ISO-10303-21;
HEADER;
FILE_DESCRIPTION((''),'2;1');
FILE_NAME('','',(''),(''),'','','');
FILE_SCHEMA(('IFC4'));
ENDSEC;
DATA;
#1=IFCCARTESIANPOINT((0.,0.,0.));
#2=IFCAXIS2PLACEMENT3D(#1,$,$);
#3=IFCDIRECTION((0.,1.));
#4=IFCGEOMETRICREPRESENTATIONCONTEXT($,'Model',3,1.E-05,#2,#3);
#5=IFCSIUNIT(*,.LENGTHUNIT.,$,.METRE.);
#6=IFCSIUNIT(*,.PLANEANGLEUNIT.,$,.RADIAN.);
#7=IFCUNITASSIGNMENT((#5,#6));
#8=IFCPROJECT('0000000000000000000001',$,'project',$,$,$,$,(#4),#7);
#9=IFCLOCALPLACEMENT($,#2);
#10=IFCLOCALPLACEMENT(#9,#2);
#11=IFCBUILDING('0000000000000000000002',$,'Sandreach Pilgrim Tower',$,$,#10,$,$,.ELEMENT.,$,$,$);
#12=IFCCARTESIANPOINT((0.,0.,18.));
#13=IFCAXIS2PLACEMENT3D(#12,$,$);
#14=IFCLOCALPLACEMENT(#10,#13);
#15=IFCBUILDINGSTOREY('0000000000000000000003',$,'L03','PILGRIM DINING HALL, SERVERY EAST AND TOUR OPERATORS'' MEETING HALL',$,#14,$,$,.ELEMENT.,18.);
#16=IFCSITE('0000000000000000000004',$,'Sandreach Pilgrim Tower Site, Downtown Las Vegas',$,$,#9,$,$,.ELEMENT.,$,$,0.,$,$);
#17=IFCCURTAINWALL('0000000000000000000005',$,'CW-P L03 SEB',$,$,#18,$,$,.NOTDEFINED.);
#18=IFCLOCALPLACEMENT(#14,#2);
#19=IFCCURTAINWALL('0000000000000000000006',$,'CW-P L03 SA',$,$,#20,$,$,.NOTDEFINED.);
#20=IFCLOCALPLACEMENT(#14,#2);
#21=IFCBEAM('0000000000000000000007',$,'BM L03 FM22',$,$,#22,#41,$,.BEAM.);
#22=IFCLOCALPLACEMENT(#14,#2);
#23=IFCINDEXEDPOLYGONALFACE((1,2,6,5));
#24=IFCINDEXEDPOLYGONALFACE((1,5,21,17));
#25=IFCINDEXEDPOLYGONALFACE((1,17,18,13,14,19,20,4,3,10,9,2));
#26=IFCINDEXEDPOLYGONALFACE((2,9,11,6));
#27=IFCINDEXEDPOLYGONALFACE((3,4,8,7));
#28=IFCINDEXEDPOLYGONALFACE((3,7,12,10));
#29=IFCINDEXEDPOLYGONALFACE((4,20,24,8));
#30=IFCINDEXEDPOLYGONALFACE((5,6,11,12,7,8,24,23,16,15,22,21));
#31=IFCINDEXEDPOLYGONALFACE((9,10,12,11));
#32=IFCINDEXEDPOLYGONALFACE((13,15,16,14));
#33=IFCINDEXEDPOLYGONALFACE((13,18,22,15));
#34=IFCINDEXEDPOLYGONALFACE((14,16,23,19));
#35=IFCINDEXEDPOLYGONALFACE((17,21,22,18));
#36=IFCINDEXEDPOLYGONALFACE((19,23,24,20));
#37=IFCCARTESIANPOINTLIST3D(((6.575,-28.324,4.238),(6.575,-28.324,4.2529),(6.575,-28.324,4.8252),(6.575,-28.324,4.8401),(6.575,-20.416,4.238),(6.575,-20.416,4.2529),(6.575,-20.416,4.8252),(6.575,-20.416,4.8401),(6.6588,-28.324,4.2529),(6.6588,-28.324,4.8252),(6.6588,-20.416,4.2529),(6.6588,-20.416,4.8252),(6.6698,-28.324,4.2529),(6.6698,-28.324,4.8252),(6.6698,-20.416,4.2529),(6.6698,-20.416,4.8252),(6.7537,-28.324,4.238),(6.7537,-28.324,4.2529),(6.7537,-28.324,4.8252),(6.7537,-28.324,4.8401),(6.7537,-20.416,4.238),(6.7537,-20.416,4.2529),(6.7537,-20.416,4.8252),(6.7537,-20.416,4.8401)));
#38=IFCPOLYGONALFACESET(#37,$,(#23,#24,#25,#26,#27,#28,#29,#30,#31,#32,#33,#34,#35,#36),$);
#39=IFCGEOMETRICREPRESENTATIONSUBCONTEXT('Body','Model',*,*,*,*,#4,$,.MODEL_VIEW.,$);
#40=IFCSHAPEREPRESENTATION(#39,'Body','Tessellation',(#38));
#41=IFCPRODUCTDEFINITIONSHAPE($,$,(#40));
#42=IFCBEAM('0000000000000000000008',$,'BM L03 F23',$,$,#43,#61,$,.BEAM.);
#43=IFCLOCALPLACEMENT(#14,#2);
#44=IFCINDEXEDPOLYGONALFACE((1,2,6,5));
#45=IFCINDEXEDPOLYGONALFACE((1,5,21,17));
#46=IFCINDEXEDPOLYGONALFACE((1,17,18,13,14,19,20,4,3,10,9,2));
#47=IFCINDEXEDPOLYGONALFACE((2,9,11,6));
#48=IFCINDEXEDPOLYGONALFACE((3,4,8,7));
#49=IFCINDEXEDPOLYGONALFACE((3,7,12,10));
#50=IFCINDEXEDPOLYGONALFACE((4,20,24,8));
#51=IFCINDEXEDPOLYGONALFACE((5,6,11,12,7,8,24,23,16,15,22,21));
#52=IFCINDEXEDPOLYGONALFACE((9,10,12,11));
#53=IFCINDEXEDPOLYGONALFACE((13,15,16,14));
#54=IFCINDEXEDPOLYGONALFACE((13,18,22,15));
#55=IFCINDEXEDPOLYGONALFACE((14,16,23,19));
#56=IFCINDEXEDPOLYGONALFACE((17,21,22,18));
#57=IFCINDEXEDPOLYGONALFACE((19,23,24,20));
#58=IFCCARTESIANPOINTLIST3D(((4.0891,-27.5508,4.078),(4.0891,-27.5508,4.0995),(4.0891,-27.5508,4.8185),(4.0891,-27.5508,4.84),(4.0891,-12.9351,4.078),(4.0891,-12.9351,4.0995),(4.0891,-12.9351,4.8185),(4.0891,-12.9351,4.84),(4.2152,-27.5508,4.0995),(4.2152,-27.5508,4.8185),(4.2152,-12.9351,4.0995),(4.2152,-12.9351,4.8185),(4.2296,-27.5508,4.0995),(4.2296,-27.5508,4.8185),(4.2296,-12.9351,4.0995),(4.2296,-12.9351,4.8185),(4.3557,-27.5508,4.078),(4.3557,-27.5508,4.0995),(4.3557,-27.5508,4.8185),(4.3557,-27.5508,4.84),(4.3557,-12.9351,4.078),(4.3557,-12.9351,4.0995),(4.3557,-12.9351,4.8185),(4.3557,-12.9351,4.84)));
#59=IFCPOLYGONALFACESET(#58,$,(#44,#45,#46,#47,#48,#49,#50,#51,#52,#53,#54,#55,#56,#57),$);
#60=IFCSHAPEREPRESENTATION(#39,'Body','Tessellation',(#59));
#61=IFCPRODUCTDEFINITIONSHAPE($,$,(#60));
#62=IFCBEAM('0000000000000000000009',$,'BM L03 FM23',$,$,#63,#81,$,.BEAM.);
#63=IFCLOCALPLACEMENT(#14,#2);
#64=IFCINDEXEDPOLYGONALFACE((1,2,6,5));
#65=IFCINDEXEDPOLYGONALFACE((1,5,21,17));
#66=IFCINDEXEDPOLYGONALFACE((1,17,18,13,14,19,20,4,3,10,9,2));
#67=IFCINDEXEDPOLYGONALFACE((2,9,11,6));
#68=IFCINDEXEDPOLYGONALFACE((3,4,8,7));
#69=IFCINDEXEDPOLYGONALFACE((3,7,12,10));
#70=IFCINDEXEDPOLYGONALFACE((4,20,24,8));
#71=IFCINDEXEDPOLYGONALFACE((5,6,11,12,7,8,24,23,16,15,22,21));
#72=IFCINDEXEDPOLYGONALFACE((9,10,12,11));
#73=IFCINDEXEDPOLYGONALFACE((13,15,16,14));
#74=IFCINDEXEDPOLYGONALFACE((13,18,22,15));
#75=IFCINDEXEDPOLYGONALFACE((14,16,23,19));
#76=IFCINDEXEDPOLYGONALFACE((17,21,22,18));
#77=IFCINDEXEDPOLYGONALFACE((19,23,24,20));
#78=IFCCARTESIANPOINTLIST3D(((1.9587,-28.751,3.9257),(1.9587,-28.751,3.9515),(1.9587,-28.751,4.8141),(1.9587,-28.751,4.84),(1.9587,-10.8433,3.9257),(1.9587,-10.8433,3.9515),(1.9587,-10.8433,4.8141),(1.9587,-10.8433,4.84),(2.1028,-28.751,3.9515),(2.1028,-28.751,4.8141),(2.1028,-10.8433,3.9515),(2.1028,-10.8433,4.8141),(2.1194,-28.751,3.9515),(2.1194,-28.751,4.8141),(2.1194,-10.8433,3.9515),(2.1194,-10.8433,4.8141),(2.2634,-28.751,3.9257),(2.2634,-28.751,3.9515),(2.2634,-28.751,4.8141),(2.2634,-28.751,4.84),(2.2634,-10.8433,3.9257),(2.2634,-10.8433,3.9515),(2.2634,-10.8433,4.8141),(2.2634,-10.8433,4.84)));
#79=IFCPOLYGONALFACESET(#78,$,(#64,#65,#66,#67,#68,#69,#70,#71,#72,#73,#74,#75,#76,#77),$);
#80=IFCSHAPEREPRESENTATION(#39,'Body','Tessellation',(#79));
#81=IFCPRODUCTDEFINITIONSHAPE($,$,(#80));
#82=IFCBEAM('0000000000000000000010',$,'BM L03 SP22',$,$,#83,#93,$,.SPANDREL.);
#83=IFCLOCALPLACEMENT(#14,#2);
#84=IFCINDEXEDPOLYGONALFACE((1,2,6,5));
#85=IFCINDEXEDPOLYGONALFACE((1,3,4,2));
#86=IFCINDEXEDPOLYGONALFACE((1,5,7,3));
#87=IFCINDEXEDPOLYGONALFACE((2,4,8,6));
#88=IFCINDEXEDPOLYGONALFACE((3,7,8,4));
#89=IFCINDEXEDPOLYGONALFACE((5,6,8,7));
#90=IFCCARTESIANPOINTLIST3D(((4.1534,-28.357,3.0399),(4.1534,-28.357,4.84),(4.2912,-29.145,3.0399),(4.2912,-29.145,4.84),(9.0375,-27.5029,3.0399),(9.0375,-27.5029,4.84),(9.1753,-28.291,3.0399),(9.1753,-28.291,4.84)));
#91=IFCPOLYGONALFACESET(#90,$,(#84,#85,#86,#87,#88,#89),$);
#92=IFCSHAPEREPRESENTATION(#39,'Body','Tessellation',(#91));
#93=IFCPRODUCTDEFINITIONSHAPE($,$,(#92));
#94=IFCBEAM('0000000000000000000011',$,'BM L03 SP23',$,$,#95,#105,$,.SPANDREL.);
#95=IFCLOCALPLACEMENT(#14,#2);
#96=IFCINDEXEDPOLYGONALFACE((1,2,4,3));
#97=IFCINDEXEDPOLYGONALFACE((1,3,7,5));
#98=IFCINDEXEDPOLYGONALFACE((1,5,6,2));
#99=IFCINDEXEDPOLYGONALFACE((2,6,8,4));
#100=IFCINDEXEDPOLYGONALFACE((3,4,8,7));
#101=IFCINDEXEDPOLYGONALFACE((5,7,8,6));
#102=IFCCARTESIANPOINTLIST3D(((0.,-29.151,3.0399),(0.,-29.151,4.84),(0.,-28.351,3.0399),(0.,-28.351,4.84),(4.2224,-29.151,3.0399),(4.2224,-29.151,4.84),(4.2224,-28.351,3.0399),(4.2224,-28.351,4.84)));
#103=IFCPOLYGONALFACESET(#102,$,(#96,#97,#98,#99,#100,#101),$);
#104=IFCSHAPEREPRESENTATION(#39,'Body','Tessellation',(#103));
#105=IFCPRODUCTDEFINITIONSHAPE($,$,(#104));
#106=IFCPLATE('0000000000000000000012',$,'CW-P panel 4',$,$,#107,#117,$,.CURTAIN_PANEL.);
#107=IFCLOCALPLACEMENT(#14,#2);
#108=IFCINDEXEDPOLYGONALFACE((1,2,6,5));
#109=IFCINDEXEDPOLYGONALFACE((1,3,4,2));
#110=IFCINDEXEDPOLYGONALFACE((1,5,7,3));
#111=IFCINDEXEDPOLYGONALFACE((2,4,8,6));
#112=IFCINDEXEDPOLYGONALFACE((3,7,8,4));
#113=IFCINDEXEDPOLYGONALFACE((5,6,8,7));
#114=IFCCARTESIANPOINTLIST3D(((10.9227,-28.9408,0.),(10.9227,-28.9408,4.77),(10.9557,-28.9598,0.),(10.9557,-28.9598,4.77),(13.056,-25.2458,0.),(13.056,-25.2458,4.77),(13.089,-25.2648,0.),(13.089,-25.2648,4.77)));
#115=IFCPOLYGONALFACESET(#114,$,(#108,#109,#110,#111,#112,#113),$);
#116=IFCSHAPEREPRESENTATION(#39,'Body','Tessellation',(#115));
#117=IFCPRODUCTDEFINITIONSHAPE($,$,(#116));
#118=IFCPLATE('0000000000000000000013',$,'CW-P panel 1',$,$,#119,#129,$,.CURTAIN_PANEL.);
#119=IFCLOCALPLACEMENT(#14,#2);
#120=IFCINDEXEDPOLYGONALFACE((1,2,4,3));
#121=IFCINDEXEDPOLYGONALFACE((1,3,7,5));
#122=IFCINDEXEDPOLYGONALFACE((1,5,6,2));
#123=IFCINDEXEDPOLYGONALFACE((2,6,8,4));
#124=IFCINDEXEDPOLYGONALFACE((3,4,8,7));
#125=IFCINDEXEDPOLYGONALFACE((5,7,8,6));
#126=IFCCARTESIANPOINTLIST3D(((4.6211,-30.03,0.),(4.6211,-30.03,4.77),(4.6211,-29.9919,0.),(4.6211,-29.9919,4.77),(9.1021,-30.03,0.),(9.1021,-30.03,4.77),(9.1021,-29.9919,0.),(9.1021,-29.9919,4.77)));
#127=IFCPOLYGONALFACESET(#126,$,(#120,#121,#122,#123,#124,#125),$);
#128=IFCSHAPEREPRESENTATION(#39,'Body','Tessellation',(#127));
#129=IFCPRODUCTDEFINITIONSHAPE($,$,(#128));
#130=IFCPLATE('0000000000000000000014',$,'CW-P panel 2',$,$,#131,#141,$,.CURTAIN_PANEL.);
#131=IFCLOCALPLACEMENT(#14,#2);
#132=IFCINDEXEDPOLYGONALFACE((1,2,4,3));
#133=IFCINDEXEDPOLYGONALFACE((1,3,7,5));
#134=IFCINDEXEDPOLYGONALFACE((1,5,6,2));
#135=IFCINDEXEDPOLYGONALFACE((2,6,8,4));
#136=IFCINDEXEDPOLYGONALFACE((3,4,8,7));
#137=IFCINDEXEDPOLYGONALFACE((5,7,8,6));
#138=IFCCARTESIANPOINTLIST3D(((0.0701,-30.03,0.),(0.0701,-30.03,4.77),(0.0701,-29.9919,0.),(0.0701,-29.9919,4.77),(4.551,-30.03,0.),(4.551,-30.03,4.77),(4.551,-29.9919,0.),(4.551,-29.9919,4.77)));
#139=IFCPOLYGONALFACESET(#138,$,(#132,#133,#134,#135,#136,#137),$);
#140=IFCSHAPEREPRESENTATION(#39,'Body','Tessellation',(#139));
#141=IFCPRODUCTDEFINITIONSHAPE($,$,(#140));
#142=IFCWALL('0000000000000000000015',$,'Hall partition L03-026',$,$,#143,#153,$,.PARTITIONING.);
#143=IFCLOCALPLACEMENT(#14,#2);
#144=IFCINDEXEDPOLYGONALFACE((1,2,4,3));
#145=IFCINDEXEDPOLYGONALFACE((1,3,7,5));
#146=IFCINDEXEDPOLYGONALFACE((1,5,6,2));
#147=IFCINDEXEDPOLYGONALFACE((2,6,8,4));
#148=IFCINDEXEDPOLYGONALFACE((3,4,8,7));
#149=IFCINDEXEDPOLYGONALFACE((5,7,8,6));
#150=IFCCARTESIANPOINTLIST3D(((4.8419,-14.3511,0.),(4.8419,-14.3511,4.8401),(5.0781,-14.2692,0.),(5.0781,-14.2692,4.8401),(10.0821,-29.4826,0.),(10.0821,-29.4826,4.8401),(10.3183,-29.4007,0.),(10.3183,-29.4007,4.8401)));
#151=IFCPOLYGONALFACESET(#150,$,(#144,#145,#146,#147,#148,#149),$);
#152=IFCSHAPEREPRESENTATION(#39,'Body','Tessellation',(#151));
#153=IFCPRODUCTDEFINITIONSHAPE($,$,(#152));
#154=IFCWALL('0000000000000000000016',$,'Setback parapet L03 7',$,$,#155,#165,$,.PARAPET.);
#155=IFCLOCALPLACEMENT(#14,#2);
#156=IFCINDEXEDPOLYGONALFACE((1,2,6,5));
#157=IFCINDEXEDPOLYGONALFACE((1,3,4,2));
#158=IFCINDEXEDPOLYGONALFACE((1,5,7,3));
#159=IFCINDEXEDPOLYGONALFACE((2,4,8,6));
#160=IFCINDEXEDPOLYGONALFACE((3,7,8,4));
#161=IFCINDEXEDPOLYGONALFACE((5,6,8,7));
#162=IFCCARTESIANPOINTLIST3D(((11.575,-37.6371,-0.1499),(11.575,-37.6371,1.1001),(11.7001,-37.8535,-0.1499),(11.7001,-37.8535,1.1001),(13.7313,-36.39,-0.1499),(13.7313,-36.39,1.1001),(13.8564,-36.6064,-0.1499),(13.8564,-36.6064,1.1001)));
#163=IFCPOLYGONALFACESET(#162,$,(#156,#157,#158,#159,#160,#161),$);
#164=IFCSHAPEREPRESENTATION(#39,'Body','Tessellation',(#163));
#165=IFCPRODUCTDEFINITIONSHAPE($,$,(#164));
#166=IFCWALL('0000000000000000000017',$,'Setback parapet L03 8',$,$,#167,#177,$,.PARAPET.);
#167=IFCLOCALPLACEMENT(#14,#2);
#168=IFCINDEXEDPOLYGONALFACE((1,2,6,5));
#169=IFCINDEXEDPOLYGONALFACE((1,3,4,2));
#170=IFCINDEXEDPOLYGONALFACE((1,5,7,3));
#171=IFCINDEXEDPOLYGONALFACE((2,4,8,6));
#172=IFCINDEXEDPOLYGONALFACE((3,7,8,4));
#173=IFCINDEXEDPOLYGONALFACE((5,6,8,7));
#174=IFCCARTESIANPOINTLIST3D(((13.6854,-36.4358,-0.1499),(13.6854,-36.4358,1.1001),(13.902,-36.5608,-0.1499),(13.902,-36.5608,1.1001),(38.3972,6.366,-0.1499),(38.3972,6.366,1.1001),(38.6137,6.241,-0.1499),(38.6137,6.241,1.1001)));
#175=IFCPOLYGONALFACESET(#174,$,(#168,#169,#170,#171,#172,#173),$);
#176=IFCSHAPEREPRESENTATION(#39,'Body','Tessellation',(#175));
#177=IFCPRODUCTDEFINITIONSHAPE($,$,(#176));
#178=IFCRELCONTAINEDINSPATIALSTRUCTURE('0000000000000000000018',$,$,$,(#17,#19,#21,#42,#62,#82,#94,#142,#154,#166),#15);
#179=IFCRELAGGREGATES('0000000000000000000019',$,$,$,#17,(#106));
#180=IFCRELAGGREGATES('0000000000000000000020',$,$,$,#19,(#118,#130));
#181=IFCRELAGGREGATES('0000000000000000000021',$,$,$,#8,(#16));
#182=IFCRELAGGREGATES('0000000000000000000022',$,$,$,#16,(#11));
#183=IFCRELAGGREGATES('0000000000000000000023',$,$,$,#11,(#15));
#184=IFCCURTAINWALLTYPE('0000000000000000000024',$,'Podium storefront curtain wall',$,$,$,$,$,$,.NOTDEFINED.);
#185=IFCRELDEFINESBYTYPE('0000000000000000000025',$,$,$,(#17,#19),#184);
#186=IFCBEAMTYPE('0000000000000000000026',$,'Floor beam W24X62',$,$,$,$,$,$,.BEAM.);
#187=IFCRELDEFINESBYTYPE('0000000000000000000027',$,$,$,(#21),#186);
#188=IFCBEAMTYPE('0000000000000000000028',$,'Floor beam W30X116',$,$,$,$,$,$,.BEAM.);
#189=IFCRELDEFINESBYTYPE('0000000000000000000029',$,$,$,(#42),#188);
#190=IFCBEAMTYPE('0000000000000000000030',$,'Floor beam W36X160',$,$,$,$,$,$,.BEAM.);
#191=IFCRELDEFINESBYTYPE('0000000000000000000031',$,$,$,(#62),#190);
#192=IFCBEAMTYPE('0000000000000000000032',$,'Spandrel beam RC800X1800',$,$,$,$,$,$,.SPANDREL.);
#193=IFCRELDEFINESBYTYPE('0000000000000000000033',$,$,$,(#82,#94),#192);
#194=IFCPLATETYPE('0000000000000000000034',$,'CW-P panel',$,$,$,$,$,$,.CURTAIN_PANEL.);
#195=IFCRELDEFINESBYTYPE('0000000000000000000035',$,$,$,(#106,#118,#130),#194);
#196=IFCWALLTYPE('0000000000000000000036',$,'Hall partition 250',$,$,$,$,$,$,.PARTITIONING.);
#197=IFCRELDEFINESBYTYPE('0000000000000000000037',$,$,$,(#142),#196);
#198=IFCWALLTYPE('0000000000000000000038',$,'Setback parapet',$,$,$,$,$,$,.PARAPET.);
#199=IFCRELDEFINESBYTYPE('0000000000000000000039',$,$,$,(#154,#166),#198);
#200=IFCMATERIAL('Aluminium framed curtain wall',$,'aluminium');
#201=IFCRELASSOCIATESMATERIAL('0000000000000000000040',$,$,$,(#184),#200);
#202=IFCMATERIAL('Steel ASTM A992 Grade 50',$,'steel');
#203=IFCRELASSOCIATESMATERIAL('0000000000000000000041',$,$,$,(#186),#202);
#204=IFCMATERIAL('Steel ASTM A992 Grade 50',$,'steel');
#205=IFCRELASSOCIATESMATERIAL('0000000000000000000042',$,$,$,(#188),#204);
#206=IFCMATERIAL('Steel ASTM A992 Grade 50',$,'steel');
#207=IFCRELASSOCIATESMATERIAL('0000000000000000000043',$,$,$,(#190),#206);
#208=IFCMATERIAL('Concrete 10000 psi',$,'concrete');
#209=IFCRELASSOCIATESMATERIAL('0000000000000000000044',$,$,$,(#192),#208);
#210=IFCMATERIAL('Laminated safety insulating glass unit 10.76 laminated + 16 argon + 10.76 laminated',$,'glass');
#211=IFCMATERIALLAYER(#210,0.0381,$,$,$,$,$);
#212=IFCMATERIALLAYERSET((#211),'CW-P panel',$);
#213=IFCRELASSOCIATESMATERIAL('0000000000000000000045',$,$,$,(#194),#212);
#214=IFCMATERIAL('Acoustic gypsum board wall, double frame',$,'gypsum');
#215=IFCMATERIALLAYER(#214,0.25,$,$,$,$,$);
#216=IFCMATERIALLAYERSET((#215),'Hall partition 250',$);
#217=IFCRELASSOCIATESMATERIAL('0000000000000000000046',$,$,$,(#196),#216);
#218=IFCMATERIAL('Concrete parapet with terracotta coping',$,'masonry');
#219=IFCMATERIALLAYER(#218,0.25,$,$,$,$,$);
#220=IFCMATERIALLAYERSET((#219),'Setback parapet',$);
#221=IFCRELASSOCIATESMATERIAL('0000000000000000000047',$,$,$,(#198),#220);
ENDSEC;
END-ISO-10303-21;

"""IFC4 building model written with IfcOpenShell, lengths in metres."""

from ifc_helpers import new_model, si_unit, direction, frame, frame_2d, origin, origin_2d, place, context, subcontext, project, spatial, rectangle, i_section, extrude, material, layer, layer_set, material_profile, profile_set, type_object, element, aggregate, save


model = new_model("IFC4")

# Units and contexts
model_context = context("Model", 3, precision=1e-05, world=origin(), true_north=direction((0.0, 1.0)))
body_context = subcontext(model_context, "Body", "Model", "MODEL_VIEW")
ifc_project = project(units=[si_unit("LENGTHUNIT", "METRE"), si_unit("PLANEANGLEUNIT", "RADIAN")], contexts=[model_context])

# Site, building, storey
site_placement = place(None, origin())
site = spatial("IfcSite", under=ifc_project, at=site_placement, Name="Sandreach Pilgrim Tower Site, Downtown Las Vegas", CompositionType="ELEMENT", RefElevation=0.0)
building_placement = place(site_placement, origin())
building = spatial("IfcBuilding", under=site, at=building_placement, Name="Sandreach Pilgrim Tower", CompositionType="ELEMENT")
storey_placement = place(building_placement, frame((0.0, 0.0, 18.0)))
storey = spatial("IfcBuildingStorey", under=building, at=storey_placement, Name="L03", Description="PILGRIM DINING HALL, SERVERY EAST AND TOUR OPERATORS' MEETING HALL", CompositionType="ELEMENT", Elevation=18.0)

# Curtain walls
ifc_material_1 = material(Name="Aluminium framed curtain wall", Category="aluminium")
curtain_wall_type = type_object("IfcCurtainWallType", Name="Podium storefront curtain wall", PredefinedType="NOTDEFINED", material=ifc_material_1)
curtain_wall_1_placement = place(storey_placement, origin())
curtain_wall_1 = element("IfcCurtainWall", 1, at=curtain_wall_1_placement, inside=storey, type_object=curtain_wall_type, Name="CW-P L03 SEB", PredefinedType="NOTDEFINED")
curtain_wall_2_placement = place(storey_placement, origin())
curtain_wall_2 = element("IfcCurtainWall", 2, at=curtain_wall_2_placement, inside=storey, type_object=curtain_wall_type, Name="CW-P L03 SA", PredefinedType="NOTDEFINED")

# Beams
ifc_material_2 = material(Name="Steel ASTM A992 Grade 50", Category="steel")
ifc_material_profile_1 = material_profile(ifc_material_2, i_section(OverallWidth=0.1787, OverallDepth=0.6021, WebThickness=0.011, FlangeThickness=0.0149, at=origin_2d()), Name="W24X62")
ifc_profile_set_1 = profile_set([ifc_material_profile_1], Name="Steel ASTM A992 Grade 50")
beam_type_1 = type_object("IfcBeamType", Name="Floor beam W24X62", PredefinedType="BEAM", material=ifc_profile_set_1)
beam_1_placement = place(storey_placement, frame((6.6643, -28.324, 4.5391), z_axis=(0.0, 1.0, 0.0), x_axis=(-1.0, 0.0, 0.0)))
element("IfcBeam", 3, at=beam_1_placement, inside=storey, type_object=beam_type_1, Name="BM L03 FM22", PredefinedType="BEAM", context=body_context, shape_type="SweptSolid", body=[
    extrude(i_section(OverallWidth=0.1787, OverallDepth=0.6021, WebThickness=0.011, FlangeThickness=0.0149, at=origin_2d()), origin(), (0.0, 0.0, 1.0), 7.908),
])
ifc_material_3 = material(Name="Steel ASTM A992 Grade 50", Category="steel")
ifc_material_profile_2 = material_profile(ifc_material_3, i_section(OverallWidth=0.2666, OverallDepth=0.762, WebThickness=0.0144, FlangeThickness=0.0215, at=origin_2d()), Name="W30X116")
ifc_profile_set_2 = profile_set([ifc_material_profile_2], Name="Steel ASTM A992 Grade 50")
beam_type_2 = type_object("IfcBeamType", Name="Floor beam W30X116", PredefinedType="BEAM", material=ifc_profile_set_2)
beam_2_placement = place(storey_placement, frame((4.2224, -27.5508, 4.459), z_axis=(0.0, 1.0, 0.0), x_axis=(-1.0, 0.0, 0.0)))
element("IfcBeam", 4, at=beam_2_placement, inside=storey, type_object=beam_type_2, Name="BM L03 F23", PredefinedType="BEAM", context=body_context, shape_type="SweptSolid", body=[
    extrude(i_section(OverallWidth=0.2666, OverallDepth=0.762, WebThickness=0.0144, FlangeThickness=0.0215, at=origin_2d()), origin(), (0.0, 0.0, 1.0), 14.6157),
])
ifc_material_4 = material(Name="Steel ASTM A992 Grade 50", Category="steel")
ifc_material_profile_3 = material_profile(ifc_material_4, i_section(OverallWidth=0.3047, OverallDepth=0.9143, WebThickness=0.0166, FlangeThickness=0.0259, at=origin_2d()), Name="W36X160")
ifc_profile_set_3 = profile_set([ifc_material_profile_3], Name="Steel ASTM A992 Grade 50")
beam_type_3 = type_object("IfcBeamType", Name="Floor beam W36X160", PredefinedType="BEAM", material=ifc_profile_set_3)
beam_3_placement = place(storey_placement, frame((2.1111, -28.751, 4.3828), z_axis=(0.0, 1.0, 0.0), x_axis=(-1.0, 0.0, 0.0)))
element("IfcBeam", 5, at=beam_3_placement, inside=storey, type_object=beam_type_3, Name="BM L03 FM23", PredefinedType="BEAM", context=body_context, shape_type="SweptSolid", body=[
    extrude(i_section(OverallWidth=0.3047, OverallDepth=0.9143, WebThickness=0.0166, FlangeThickness=0.0259, at=origin_2d()), origin(), (0.0, 0.0, 1.0), 17.9077),
])
ifc_material_5 = material(Name="Concrete 10000 psi", Category="concrete")
ifc_material_profile_4 = material_profile(ifc_material_5, rectangle(XDim=0.8, YDim=1.8, at=origin_2d()), Name="RC800X1800")
ifc_profile_set_4 = profile_set([ifc_material_profile_4], Name="Concrete 10000 psi")
beam_type_4 = type_object("IfcBeamType", Name="Spandrel beam RC800X1800", PredefinedType="SPANDREL", material=ifc_profile_set_4)
beam_4_placement = place(storey_placement, frame((9.1064, -27.897, 3.9399), z_axis=(-0.985054, -0.172243, 0.0), x_axis=(0.172243, -0.985054, 0.0)))
element("IfcBeam", 6, at=beam_4_placement, inside=storey, type_object=beam_type_4, Name="BM L03 SP22", PredefinedType="SPANDREL", context=body_context, shape_type="SweptSolid", body=[
    extrude(rectangle(XDim=0.8, YDim=1.8, at=origin_2d()), origin(), (0.0, 0.0, 1.0), 4.9583),
])
beam_5_placement = place(storey_placement, frame((4.2224, -28.751, 3.9399), z_axis=(-1.0, 0.0, 0.0), x_axis=(0.0, -1.0, 0.0)))
element("IfcBeam", 7, at=beam_5_placement, inside=storey, type_object=beam_type_4, Name="BM L03 SP23", PredefinedType="SPANDREL", context=body_context, shape_type="SweptSolid", body=[
    extrude(rectangle(XDim=0.8, YDim=1.8, at=origin_2d()), origin(), (0.0, 0.0, 1.0), 4.2224),
])

# Plates
ifc_material_6 = material(Name="Laminated safety insulating glass unit 10.76 laminated + 16 argon + 10.76 laminated", Category="glass")
ifc_layer_1 = layer(ifc_material_6, 0.0381)
ifc_layer_set_1 = layer_set([ifc_layer_1], Name="CW-P panel")
plate_type = type_object("IfcPlateType", Name="CW-P panel", PredefinedType="CURTAIN_PANEL", material=ifc_layer_set_1)
plate_1_placement = place(storey_placement, frame((12.0059, -27.1028, 0.0), z_axis=(0.0, 0.0, 1.0), x_axis=(-0.5, -0.866025, 0.0)))
plate_1 = element("IfcPlate", 8, at=plate_1_placement, type_object=plate_type, Name="CW-P panel 4", PredefinedType="CURTAIN_PANEL", context=body_context, shape_type="SweptSolid", body=[
    extrude(rectangle(XDim=4.2666, YDim=0.0381, at=origin_2d()), origin(), (0.0, 0.0, 1.0), 4.77),
])
aggregate(curtain_wall_1, [plate_1])
plate_2_placement = place(storey_placement, frame((6.8616, -30.011, 0.0), z_axis=(0.0, 0.0, 1.0), x_axis=(-1.0, 0.0, 0.0)))
plate_2 = element("IfcPlate", 9, at=plate_2_placement, type_object=plate_type, Name="CW-P panel 1", PredefinedType="CURTAIN_PANEL", context=body_context, shape_type="SweptSolid", body=[
    extrude(rectangle(XDim=4.481, YDim=0.0381, at=origin_2d()), origin(), (0.0, 0.0, 1.0), 4.77),
])
plate_3_placement = place(storey_placement, frame((2.3105, -30.011, 0.0), z_axis=(0.0, 0.0, 1.0), x_axis=(-1.0, 0.0, 0.0)))
plate_3 = element("IfcPlate", 10, at=plate_3_placement, type_object=plate_type, Name="CW-P panel 2", PredefinedType="CURTAIN_PANEL", context=body_context, shape_type="SweptSolid", body=[
    extrude(rectangle(XDim=4.481, YDim=0.0381, at=origin_2d()), origin(), (0.0, 0.0, 1.0), 4.77),
])
aggregate(curtain_wall_2, [plate_2, plate_3])

# Walls
ifc_material_7 = material(Name="Acoustic gypsum board wall, double frame", Category="gypsum")
ifc_layer_2 = layer(ifc_material_7, 0.25)
ifc_layer_set_2 = layer_set([ifc_layer_2], Name="Hall partition 250")
wall_type_1 = type_object("IfcWallType", Name="Hall partition 250", PredefinedType="PARTITIONING", material=ifc_layer_set_2)
wall_1_placement = place(storey_placement, frame((10.2002, -29.4417, 0.0), z_axis=(0.0, 0.0, 1.0), x_axis=(-0.327243, 0.94494, 0.0)))
element("IfcWall", 11, at=wall_1_placement, inside=storey, type_object=wall_type_1, Name="Hall partition L03-026", PredefinedType="PARTITIONING", context=body_context, shape_type="SweptSolid", body=[
    extrude(rectangle(XDim=16.0132, YDim=0.25, at=frame_2d((8.0066, 0.0))), origin(), (0.0, 0.0, 1.0), 4.8401),
])
ifc_material_8 = material(Name="Concrete parapet with terracotta coping", Category="masonry")
ifc_layer_3 = layer(ifc_material_8, 0.25)
ifc_layer_set_3 = layer_set([ifc_layer_3], Name="Setback parapet")
wall_type_2 = type_object("IfcWallType", Name="Setback parapet", PredefinedType="PARAPET", material=ifc_layer_set_3)
wall_2_placement = place(storey_placement, frame((11.6375, -37.7454, -0.1499), z_axis=(0.0, 0.0, 1.0), x_axis=(0.86565, 0.50065, 0.0)))
element("IfcWall", 12, at=wall_2_placement, inside=storey, type_object=wall_type_2, Name="Setback parapet L03 7", PredefinedType="PARAPET", context=body_context, shape_type="SweptSolid", body=[
    extrude(rectangle(XDim=2.491, YDim=0.25, at=frame_2d((1.2456, 0.0))), origin(), (0.0, 0.0, 1.0), 1.25),
])
wall_3_placement = place(storey_placement, frame((13.7937, -36.4983, -0.1499), z_axis=(0.0, 0.0, 1.0), x_axis=(0.500001, 0.866025, 0.0)))
element("IfcWall", 13, at=wall_3_placement, inside=storey, type_object=wall_type_2, Name="Setback parapet L03 8", PredefinedType="PARAPET", context=body_context, shape_type="SweptSolid", body=[
    extrude(rectangle(XDim=49.4233, YDim=0.25, at=frame_2d((24.7117, 0.0))), origin(), (0.0, 0.0, 1.0), 1.25),
])

save(model, "model.ifc")
